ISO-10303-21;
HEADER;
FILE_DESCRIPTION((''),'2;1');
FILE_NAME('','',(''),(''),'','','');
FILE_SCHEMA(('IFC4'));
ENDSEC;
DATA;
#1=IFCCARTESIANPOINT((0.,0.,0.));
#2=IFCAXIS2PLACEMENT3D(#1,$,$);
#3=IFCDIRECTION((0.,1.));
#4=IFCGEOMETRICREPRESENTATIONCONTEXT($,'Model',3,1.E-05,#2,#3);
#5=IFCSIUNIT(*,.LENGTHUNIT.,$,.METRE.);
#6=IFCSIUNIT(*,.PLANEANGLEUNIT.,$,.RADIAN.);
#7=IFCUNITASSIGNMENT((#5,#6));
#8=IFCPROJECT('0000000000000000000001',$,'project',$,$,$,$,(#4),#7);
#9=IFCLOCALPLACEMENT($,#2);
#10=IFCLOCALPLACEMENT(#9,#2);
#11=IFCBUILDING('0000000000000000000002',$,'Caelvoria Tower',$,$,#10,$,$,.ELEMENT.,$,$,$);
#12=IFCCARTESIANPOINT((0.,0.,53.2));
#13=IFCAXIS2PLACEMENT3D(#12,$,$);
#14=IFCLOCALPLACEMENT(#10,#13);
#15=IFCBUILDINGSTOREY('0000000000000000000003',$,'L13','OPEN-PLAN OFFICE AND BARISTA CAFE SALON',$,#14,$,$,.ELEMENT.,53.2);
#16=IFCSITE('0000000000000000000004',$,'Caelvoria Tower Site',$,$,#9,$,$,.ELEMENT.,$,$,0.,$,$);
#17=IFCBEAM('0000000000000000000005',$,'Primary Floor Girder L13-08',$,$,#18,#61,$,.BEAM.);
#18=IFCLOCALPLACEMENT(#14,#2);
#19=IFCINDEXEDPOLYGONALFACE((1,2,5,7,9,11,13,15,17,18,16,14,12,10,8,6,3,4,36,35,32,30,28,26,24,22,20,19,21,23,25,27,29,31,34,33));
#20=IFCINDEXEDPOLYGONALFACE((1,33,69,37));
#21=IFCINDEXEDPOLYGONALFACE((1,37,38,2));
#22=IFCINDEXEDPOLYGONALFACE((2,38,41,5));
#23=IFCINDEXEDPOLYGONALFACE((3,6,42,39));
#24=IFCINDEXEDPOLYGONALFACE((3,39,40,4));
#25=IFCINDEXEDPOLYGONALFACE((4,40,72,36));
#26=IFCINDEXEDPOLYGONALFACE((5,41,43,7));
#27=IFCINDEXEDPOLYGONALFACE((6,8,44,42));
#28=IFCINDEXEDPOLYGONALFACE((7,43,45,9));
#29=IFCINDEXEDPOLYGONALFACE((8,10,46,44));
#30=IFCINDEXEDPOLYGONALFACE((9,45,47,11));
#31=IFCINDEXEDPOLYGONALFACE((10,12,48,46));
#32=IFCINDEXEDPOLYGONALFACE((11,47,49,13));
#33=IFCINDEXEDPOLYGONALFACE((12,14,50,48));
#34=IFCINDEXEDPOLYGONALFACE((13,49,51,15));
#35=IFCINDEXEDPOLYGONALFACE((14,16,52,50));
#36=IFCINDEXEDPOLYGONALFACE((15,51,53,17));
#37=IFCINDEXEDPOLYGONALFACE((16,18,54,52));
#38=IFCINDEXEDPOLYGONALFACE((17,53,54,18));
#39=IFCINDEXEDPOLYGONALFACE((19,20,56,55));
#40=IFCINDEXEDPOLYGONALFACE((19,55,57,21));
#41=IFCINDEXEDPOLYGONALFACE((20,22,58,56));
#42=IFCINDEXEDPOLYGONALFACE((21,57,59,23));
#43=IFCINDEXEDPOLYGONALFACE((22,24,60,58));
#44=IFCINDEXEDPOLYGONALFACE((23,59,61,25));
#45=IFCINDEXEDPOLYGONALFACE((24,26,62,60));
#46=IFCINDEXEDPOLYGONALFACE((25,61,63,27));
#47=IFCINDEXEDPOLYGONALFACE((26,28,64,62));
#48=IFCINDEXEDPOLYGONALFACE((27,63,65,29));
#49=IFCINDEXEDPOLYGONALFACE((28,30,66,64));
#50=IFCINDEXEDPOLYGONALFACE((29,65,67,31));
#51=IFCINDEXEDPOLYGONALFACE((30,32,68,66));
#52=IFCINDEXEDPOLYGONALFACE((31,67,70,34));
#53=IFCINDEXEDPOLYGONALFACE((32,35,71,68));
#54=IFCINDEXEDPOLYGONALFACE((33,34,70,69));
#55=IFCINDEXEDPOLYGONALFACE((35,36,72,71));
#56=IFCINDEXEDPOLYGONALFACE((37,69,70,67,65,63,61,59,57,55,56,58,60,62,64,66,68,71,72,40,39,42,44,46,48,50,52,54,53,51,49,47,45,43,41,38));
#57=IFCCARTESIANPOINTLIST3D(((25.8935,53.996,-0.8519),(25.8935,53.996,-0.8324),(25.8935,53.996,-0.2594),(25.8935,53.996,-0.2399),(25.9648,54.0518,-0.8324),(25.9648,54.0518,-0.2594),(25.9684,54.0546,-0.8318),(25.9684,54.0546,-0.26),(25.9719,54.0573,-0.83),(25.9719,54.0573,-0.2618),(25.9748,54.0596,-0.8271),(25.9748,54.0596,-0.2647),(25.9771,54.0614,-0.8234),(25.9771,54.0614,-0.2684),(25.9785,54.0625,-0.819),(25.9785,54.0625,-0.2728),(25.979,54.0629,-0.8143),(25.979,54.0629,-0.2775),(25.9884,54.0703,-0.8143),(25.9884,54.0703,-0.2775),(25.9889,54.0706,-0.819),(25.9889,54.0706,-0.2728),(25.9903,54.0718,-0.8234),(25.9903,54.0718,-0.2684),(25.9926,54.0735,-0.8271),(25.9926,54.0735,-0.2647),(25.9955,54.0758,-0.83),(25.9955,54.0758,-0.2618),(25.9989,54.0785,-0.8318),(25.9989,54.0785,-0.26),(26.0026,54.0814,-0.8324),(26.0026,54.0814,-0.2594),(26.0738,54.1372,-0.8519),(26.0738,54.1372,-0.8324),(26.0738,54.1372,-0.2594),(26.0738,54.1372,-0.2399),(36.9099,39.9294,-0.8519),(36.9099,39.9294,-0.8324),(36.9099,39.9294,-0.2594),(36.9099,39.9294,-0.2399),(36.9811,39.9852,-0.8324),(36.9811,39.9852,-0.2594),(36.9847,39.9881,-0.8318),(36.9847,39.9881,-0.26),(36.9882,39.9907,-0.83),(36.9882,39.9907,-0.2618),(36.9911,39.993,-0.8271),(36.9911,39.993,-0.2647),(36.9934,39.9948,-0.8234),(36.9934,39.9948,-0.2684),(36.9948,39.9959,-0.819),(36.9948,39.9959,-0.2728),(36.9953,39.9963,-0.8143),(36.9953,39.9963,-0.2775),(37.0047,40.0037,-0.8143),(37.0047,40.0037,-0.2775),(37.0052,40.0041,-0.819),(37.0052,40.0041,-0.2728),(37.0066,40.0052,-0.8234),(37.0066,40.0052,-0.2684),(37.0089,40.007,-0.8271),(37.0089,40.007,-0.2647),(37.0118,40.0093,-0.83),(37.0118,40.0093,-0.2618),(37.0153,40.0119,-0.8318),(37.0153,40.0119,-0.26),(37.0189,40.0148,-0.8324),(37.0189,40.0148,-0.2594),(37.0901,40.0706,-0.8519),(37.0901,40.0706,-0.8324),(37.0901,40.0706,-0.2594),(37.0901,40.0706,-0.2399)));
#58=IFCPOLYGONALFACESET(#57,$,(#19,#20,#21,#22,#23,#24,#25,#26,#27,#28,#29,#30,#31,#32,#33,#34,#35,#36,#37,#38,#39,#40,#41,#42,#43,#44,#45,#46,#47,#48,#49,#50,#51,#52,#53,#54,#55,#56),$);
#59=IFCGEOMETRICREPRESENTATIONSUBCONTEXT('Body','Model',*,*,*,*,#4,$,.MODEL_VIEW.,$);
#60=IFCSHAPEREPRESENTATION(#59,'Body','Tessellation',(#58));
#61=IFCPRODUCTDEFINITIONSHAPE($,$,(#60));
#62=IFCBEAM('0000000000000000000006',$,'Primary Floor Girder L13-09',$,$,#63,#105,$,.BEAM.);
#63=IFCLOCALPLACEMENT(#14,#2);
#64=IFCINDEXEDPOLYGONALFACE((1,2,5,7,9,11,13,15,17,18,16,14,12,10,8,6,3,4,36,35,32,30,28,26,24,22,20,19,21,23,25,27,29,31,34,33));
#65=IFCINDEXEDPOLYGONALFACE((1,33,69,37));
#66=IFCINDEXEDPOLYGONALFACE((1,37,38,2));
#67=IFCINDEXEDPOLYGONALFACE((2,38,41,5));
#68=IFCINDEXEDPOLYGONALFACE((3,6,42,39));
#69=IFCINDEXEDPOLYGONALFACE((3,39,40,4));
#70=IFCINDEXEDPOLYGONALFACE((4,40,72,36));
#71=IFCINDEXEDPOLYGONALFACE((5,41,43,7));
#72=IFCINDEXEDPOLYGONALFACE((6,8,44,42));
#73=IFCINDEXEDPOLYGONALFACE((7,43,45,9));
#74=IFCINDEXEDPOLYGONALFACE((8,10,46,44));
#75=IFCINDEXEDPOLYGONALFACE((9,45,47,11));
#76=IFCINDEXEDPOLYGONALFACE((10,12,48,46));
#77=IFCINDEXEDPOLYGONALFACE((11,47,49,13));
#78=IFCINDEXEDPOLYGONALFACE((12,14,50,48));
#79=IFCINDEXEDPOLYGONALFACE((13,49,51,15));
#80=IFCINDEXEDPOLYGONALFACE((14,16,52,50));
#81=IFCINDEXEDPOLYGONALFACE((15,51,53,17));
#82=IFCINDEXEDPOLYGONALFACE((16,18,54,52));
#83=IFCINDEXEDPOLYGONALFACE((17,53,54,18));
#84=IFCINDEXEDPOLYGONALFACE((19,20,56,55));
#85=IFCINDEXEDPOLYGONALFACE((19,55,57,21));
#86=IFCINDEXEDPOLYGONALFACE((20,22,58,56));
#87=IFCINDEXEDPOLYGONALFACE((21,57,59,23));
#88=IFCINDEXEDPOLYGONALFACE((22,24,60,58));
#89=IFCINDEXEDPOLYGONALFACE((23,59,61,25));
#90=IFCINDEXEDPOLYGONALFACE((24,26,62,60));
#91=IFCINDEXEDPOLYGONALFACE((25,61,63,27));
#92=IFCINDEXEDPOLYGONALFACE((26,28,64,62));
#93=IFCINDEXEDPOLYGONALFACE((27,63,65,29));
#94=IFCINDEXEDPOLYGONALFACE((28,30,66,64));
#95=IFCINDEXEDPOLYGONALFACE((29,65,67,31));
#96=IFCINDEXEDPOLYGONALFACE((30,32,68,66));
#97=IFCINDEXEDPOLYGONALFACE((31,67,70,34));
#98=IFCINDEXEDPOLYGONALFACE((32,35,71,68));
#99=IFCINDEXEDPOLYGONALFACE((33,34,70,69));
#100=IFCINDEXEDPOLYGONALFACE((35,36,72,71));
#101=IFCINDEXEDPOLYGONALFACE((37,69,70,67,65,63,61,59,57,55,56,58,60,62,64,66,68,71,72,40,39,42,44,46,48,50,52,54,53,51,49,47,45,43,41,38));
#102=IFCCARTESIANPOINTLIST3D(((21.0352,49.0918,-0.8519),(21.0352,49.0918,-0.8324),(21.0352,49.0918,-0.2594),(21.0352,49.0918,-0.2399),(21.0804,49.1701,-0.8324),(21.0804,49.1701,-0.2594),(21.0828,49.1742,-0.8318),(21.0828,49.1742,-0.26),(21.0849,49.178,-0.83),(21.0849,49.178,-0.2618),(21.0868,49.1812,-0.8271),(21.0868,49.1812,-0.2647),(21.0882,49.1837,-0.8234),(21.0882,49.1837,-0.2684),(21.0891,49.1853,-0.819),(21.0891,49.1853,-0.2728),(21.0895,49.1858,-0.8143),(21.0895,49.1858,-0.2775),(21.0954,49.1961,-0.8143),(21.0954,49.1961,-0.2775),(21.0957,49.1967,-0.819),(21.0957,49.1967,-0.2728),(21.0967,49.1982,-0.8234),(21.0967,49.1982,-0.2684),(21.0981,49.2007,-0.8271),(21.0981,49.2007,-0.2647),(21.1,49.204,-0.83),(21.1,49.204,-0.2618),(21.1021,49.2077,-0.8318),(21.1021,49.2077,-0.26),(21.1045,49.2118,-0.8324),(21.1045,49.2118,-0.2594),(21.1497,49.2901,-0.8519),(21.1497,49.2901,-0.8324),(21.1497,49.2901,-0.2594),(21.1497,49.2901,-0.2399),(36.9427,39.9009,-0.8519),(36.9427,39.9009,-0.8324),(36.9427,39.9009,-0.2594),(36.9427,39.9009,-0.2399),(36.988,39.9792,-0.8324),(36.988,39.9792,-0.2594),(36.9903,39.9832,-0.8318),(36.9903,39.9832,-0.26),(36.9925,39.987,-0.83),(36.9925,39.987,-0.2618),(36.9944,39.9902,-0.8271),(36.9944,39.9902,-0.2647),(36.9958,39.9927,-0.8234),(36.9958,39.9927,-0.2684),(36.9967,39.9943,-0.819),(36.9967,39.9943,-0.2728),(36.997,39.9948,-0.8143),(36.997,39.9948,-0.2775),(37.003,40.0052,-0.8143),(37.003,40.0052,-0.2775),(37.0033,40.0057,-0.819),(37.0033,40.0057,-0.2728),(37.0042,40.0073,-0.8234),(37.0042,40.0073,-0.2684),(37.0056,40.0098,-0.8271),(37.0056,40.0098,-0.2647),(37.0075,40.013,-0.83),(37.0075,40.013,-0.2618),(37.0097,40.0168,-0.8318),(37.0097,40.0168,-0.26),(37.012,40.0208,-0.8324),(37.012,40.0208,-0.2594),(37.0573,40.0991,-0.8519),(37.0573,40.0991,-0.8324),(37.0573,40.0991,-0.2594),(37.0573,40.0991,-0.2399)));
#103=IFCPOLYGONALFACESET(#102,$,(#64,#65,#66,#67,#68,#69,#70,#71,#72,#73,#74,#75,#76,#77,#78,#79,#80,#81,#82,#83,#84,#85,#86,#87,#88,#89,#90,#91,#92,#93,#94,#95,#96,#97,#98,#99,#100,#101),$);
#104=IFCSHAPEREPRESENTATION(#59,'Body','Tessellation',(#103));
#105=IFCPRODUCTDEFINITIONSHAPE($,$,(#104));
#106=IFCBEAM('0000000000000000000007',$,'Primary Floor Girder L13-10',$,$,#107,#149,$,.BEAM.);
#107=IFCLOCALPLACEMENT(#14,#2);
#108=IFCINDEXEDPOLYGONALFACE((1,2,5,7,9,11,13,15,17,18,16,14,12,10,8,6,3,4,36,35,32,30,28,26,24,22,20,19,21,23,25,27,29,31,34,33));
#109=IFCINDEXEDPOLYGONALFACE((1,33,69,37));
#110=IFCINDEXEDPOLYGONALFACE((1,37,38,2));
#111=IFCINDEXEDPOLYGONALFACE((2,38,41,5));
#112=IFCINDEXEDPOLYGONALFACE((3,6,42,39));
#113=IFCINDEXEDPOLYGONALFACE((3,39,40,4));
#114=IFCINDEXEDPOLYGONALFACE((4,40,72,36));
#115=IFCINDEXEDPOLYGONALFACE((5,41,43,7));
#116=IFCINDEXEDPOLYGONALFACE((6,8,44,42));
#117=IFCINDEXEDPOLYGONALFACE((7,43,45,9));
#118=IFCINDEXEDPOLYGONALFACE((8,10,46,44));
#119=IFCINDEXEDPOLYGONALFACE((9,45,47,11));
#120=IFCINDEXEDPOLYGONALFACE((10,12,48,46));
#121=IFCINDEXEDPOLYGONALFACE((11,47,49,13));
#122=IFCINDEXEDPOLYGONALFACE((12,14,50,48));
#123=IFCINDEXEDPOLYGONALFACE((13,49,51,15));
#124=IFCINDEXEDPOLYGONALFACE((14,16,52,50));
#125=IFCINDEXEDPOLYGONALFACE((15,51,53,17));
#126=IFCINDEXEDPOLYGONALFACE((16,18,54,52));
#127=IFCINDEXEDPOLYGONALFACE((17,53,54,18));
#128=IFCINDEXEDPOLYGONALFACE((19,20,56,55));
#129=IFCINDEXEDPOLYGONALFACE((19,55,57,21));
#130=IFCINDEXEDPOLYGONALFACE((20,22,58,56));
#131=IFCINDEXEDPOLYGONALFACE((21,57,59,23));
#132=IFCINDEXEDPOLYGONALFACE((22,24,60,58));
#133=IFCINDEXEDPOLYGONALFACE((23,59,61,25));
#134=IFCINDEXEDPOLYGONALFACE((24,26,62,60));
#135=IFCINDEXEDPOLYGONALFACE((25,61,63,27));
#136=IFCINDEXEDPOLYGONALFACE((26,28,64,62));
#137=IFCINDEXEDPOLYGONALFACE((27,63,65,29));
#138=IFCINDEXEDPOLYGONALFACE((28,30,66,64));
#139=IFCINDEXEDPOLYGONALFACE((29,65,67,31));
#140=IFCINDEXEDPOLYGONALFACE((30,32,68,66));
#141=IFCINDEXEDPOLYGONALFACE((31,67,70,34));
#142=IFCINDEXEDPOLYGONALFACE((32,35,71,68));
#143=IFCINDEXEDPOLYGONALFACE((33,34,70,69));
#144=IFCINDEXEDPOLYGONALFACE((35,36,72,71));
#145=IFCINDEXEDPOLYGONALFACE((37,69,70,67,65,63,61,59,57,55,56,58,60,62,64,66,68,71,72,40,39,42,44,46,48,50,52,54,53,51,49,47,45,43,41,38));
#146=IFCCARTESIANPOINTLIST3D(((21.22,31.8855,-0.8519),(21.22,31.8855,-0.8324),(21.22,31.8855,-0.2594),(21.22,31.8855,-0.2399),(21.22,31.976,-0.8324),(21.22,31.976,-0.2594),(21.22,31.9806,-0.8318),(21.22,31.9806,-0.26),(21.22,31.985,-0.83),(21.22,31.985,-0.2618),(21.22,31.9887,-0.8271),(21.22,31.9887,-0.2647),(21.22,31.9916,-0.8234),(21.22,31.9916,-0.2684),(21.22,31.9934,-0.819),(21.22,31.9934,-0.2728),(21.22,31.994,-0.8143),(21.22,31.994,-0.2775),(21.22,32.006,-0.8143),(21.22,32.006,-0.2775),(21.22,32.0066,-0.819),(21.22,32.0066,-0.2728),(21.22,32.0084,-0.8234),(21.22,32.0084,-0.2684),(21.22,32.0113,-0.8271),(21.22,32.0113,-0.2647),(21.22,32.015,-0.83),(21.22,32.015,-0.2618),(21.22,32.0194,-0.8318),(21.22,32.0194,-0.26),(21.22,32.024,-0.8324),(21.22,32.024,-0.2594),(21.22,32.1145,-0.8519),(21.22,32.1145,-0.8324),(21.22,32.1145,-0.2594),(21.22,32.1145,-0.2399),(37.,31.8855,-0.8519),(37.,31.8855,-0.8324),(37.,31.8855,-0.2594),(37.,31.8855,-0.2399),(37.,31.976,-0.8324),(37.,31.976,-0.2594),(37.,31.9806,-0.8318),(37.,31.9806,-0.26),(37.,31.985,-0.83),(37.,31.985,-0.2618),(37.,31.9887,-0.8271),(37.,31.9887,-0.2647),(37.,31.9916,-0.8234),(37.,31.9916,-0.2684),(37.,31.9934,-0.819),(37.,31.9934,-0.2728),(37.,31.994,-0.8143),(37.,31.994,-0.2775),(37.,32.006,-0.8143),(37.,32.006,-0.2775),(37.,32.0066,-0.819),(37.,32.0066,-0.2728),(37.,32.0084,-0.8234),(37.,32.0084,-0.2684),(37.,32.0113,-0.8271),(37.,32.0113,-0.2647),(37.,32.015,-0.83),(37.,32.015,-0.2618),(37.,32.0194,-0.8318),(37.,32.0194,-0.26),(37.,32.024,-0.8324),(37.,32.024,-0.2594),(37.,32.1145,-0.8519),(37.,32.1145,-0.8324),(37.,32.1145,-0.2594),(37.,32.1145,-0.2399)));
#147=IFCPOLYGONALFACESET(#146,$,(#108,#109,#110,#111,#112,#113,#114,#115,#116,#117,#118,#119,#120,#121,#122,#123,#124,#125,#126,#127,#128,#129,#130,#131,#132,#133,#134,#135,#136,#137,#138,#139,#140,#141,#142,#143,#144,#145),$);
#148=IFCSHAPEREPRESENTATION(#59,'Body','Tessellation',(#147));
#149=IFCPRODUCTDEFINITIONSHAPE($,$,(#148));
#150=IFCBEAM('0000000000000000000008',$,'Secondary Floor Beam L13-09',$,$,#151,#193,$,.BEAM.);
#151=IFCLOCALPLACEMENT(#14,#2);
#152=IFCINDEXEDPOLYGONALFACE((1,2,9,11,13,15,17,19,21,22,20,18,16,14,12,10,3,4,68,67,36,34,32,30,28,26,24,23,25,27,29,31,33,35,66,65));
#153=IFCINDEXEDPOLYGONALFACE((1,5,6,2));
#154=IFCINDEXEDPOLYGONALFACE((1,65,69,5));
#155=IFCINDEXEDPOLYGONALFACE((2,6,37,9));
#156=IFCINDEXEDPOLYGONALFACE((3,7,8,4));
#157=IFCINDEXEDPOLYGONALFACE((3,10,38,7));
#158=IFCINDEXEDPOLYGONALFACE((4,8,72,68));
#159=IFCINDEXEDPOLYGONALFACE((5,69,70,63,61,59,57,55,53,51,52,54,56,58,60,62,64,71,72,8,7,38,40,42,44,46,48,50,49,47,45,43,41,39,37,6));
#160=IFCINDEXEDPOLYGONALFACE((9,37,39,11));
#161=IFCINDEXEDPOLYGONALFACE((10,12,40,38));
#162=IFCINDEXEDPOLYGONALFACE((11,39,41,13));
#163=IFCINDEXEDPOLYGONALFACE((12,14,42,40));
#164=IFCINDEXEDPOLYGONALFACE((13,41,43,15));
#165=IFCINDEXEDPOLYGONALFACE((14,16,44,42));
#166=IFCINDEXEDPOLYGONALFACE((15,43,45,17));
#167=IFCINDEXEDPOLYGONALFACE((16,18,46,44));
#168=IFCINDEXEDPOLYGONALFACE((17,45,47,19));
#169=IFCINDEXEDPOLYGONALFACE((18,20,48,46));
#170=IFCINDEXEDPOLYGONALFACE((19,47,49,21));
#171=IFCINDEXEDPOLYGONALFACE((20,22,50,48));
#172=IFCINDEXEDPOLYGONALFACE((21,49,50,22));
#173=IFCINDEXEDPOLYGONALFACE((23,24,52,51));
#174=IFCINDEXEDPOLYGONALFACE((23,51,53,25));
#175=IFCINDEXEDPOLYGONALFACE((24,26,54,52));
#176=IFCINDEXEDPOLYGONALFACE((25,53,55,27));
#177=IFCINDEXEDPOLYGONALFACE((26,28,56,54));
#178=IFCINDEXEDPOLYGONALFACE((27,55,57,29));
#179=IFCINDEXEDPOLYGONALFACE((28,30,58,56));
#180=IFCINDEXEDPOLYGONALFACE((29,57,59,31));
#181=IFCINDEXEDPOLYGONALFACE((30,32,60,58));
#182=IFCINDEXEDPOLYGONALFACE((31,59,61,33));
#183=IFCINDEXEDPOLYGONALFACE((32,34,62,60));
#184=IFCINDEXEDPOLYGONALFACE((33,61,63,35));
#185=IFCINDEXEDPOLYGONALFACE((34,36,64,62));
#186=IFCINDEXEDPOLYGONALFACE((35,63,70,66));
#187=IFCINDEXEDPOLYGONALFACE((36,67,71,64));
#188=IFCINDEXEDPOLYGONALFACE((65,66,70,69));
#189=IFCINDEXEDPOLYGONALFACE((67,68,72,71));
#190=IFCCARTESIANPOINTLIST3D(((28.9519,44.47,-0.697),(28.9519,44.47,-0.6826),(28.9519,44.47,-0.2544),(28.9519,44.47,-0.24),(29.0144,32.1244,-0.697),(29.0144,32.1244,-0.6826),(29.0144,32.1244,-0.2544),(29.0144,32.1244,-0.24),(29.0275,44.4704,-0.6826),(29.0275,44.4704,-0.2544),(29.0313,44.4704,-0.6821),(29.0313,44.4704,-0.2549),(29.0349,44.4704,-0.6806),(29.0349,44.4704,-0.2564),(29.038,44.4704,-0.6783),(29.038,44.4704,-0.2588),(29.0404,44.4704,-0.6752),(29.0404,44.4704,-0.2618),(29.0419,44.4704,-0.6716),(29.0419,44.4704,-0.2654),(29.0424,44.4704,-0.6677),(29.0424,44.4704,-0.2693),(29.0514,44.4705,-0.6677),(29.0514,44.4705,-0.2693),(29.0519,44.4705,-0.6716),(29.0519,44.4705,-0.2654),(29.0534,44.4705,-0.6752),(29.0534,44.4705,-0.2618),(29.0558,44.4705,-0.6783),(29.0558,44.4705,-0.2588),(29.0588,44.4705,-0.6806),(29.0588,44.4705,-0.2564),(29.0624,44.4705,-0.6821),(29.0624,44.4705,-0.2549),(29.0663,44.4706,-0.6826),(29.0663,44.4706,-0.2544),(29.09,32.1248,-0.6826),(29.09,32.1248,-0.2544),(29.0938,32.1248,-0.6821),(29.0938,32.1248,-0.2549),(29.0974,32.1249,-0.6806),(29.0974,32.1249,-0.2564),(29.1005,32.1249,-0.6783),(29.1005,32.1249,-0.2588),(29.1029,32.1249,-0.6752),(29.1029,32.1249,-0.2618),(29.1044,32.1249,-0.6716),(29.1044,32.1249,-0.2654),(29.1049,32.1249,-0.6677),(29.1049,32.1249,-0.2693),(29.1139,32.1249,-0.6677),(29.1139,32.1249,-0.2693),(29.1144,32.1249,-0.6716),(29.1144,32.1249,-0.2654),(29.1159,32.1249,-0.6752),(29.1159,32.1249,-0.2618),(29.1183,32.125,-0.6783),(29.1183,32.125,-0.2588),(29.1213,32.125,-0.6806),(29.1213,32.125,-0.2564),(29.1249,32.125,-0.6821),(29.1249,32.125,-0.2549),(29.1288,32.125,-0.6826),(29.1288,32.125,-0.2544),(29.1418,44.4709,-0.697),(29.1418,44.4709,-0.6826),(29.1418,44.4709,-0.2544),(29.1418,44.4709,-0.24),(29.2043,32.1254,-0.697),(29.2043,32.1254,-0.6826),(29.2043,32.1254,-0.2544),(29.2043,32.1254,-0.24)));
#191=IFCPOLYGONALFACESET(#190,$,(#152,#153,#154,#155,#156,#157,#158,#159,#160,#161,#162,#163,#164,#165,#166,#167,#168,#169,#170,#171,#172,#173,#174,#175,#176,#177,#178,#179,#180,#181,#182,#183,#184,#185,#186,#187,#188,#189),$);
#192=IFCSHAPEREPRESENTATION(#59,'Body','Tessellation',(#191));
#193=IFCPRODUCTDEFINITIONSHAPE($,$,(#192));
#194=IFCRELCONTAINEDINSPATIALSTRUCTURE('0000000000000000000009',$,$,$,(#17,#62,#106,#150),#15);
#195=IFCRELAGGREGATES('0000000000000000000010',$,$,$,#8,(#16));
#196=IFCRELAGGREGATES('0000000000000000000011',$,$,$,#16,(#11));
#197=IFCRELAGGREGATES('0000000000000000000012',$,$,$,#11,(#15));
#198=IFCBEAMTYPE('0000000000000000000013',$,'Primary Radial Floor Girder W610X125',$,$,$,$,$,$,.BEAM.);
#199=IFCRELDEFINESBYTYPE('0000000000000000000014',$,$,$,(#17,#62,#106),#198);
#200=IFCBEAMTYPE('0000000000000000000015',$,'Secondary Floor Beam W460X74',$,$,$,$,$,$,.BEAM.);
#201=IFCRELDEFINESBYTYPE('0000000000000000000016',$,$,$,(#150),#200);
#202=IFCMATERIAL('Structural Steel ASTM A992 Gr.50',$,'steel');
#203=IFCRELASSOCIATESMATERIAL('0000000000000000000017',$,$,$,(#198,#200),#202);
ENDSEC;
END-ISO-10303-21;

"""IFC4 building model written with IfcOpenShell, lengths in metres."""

from ifc_helpers import new_model, si_unit, direction, frame, origin, origin_2d, place, context, subcontext, project, spatial, i_section, extrude, material, material_profile, profile_set, type_object, element, save


model = new_model("IFC4")

# Units and contexts
model_context = context("Model", 3, precision=1e-05, world=origin(), true_north=direction((0.0, 1.0)))
body_context = subcontext(model_context, "Body", "Model", "MODEL_VIEW")
ifc_project = project(units=[si_unit("LENGTHUNIT", "METRE"), si_unit("PLANEANGLEUNIT", "RADIAN")], contexts=[model_context])

# Site, building, storey
site_placement = place(None, origin())
site = spatial("IfcSite", under=ifc_project, at=site_placement, Name="Caelvoria Tower Site", CompositionType="ELEMENT", RefElevation=0.0)
building_placement = place(site_placement, origin())
building = spatial("IfcBuilding", under=site, at=building_placement, Name="Caelvoria Tower", CompositionType="ELEMENT")
storey_placement = place(building_placement, frame((0.0, 0.0, 53.2)))
storey = spatial("IfcBuildingStorey", under=building, at=storey_placement, Name="L13", Description="OPEN-PLAN OFFICE AND BARISTA CAFE SALON", CompositionType="ELEMENT", Elevation=53.2)

# Beams
ifc_material_1 = material(Name="Structural Steel ASTM A992 Gr.50", Category="steel")
ifc_material_profile_1 = material_profile(ifc_material_1, i_section(OverallWidth=0.229, OverallDepth=0.6121, WebThickness=0.012, FlangeThickness=0.0195, FilletRadius=0.0181, at=origin_2d()), Name="Structural Steel ASTM A992 Gr.50")
ifc_profile_set_1 = profile_set([ifc_material_profile_1], Name="W610X125 - Structural Steel ASTM A992 Gr.50")
beam_type_1 = type_object("IfcBeamType", Name="Primary Radial Floor Girder W610X125", PredefinedType="BEAM", material=ifc_profile_set_1)
beam_1_placement = place(storey_placement, frame((37.0, 40.0, -0.5459), z_axis=(-0.616575, 0.787296, 0.0), x_axis=(-0.787296, -0.616575, 0.0)))
element("IfcBeam", 1, at=beam_1_placement, inside=storey, type_object=beam_type_1, Name="Primary Floor Girder L13-08", PredefinedType="BEAM", context=body_context, shape_type="SweptSolid", body=[
    extrude(i_section(OverallWidth=0.229, OverallDepth=0.6121, WebThickness=0.012, FlangeThickness=0.0195, FilletRadius=0.0181, at=origin_2d()), origin(), (0.0, 0.0, 1.0), 17.8669),
])
beam_2_placement = place(storey_placement, frame((37.0, 40.0, -0.5459), z_axis=(-0.865867, 0.500275, 0.0), x_axis=(-0.500275, -0.865867, 0.0)))
element("IfcBeam", 2, at=beam_2_placement, inside=storey, type_object=beam_type_1, Name="Primary Floor Girder L13-09", PredefinedType="BEAM", context=body_context, shape_type="SweptSolid", body=[
    extrude(i_section(OverallWidth=0.229, OverallDepth=0.6121, WebThickness=0.012, FlangeThickness=0.0195, FilletRadius=0.0181, at=origin_2d()), origin(), (0.0, 0.0, 1.0), 18.3718),
])
beam_3_placement = place(storey_placement, frame((37.0, 32.0, -0.5459), z_axis=(-1.0, 0.0, 0.0), x_axis=(0.0, -1.0, 0.0)))
element("IfcBeam", 3, at=beam_3_placement, inside=storey, type_object=beam_type_1, Name="Primary Floor Girder L13-10", PredefinedType="BEAM", context=body_context, shape_type="SweptSolid", body=[
    extrude(i_section(OverallWidth=0.229, OverallDepth=0.6121, WebThickness=0.012, FlangeThickness=0.0195, FilletRadius=0.0181, at=origin_2d()), origin(), (0.0, 0.0, 1.0), 15.78),
])
ifc_material_profile_2 = material_profile(ifc_material_1, i_section(OverallWidth=0.1899, OverallDepth=0.457, WebThickness=0.009, FlangeThickness=0.0144, FilletRadius=0.0149, at=origin_2d()), Name="Structural Steel ASTM A992 Gr.50")
ifc_profile_set_2 = profile_set([ifc_material_profile_2], Name="W460X74 - Structural Steel ASTM A992 Gr.50")
beam_type_2 = type_object("IfcBeamType", Name="Secondary Floor Beam W460X74", PredefinedType="BEAM", material=ifc_profile_set_2)
for number, where, z_axis, x_axis, name in (
    (4, (29.0469, 44.4705, -0.4685), (0.005063, -0.999987, 0.0), (0.999987, 0.005063, 0.0), "Secondary Floor Beam L13-09"),
):
    element("IfcBeam", number, at=place(storey_placement, frame(where, z_axis=z_axis, x_axis=x_axis)), inside=storey, type_object=beam_type_2, Name=name, PredefinedType="BEAM", context=body_context, shape_type="SweptSolid", body=[
        extrude(i_section(OverallWidth=0.1899, OverallDepth=0.457, WebThickness=0.009, FlangeThickness=0.0144, FilletRadius=0.0149, at=origin_2d()), origin(), (0.0, 0.0, 1.0), 12.3457),
    ])

save(model, "model.ifc")
